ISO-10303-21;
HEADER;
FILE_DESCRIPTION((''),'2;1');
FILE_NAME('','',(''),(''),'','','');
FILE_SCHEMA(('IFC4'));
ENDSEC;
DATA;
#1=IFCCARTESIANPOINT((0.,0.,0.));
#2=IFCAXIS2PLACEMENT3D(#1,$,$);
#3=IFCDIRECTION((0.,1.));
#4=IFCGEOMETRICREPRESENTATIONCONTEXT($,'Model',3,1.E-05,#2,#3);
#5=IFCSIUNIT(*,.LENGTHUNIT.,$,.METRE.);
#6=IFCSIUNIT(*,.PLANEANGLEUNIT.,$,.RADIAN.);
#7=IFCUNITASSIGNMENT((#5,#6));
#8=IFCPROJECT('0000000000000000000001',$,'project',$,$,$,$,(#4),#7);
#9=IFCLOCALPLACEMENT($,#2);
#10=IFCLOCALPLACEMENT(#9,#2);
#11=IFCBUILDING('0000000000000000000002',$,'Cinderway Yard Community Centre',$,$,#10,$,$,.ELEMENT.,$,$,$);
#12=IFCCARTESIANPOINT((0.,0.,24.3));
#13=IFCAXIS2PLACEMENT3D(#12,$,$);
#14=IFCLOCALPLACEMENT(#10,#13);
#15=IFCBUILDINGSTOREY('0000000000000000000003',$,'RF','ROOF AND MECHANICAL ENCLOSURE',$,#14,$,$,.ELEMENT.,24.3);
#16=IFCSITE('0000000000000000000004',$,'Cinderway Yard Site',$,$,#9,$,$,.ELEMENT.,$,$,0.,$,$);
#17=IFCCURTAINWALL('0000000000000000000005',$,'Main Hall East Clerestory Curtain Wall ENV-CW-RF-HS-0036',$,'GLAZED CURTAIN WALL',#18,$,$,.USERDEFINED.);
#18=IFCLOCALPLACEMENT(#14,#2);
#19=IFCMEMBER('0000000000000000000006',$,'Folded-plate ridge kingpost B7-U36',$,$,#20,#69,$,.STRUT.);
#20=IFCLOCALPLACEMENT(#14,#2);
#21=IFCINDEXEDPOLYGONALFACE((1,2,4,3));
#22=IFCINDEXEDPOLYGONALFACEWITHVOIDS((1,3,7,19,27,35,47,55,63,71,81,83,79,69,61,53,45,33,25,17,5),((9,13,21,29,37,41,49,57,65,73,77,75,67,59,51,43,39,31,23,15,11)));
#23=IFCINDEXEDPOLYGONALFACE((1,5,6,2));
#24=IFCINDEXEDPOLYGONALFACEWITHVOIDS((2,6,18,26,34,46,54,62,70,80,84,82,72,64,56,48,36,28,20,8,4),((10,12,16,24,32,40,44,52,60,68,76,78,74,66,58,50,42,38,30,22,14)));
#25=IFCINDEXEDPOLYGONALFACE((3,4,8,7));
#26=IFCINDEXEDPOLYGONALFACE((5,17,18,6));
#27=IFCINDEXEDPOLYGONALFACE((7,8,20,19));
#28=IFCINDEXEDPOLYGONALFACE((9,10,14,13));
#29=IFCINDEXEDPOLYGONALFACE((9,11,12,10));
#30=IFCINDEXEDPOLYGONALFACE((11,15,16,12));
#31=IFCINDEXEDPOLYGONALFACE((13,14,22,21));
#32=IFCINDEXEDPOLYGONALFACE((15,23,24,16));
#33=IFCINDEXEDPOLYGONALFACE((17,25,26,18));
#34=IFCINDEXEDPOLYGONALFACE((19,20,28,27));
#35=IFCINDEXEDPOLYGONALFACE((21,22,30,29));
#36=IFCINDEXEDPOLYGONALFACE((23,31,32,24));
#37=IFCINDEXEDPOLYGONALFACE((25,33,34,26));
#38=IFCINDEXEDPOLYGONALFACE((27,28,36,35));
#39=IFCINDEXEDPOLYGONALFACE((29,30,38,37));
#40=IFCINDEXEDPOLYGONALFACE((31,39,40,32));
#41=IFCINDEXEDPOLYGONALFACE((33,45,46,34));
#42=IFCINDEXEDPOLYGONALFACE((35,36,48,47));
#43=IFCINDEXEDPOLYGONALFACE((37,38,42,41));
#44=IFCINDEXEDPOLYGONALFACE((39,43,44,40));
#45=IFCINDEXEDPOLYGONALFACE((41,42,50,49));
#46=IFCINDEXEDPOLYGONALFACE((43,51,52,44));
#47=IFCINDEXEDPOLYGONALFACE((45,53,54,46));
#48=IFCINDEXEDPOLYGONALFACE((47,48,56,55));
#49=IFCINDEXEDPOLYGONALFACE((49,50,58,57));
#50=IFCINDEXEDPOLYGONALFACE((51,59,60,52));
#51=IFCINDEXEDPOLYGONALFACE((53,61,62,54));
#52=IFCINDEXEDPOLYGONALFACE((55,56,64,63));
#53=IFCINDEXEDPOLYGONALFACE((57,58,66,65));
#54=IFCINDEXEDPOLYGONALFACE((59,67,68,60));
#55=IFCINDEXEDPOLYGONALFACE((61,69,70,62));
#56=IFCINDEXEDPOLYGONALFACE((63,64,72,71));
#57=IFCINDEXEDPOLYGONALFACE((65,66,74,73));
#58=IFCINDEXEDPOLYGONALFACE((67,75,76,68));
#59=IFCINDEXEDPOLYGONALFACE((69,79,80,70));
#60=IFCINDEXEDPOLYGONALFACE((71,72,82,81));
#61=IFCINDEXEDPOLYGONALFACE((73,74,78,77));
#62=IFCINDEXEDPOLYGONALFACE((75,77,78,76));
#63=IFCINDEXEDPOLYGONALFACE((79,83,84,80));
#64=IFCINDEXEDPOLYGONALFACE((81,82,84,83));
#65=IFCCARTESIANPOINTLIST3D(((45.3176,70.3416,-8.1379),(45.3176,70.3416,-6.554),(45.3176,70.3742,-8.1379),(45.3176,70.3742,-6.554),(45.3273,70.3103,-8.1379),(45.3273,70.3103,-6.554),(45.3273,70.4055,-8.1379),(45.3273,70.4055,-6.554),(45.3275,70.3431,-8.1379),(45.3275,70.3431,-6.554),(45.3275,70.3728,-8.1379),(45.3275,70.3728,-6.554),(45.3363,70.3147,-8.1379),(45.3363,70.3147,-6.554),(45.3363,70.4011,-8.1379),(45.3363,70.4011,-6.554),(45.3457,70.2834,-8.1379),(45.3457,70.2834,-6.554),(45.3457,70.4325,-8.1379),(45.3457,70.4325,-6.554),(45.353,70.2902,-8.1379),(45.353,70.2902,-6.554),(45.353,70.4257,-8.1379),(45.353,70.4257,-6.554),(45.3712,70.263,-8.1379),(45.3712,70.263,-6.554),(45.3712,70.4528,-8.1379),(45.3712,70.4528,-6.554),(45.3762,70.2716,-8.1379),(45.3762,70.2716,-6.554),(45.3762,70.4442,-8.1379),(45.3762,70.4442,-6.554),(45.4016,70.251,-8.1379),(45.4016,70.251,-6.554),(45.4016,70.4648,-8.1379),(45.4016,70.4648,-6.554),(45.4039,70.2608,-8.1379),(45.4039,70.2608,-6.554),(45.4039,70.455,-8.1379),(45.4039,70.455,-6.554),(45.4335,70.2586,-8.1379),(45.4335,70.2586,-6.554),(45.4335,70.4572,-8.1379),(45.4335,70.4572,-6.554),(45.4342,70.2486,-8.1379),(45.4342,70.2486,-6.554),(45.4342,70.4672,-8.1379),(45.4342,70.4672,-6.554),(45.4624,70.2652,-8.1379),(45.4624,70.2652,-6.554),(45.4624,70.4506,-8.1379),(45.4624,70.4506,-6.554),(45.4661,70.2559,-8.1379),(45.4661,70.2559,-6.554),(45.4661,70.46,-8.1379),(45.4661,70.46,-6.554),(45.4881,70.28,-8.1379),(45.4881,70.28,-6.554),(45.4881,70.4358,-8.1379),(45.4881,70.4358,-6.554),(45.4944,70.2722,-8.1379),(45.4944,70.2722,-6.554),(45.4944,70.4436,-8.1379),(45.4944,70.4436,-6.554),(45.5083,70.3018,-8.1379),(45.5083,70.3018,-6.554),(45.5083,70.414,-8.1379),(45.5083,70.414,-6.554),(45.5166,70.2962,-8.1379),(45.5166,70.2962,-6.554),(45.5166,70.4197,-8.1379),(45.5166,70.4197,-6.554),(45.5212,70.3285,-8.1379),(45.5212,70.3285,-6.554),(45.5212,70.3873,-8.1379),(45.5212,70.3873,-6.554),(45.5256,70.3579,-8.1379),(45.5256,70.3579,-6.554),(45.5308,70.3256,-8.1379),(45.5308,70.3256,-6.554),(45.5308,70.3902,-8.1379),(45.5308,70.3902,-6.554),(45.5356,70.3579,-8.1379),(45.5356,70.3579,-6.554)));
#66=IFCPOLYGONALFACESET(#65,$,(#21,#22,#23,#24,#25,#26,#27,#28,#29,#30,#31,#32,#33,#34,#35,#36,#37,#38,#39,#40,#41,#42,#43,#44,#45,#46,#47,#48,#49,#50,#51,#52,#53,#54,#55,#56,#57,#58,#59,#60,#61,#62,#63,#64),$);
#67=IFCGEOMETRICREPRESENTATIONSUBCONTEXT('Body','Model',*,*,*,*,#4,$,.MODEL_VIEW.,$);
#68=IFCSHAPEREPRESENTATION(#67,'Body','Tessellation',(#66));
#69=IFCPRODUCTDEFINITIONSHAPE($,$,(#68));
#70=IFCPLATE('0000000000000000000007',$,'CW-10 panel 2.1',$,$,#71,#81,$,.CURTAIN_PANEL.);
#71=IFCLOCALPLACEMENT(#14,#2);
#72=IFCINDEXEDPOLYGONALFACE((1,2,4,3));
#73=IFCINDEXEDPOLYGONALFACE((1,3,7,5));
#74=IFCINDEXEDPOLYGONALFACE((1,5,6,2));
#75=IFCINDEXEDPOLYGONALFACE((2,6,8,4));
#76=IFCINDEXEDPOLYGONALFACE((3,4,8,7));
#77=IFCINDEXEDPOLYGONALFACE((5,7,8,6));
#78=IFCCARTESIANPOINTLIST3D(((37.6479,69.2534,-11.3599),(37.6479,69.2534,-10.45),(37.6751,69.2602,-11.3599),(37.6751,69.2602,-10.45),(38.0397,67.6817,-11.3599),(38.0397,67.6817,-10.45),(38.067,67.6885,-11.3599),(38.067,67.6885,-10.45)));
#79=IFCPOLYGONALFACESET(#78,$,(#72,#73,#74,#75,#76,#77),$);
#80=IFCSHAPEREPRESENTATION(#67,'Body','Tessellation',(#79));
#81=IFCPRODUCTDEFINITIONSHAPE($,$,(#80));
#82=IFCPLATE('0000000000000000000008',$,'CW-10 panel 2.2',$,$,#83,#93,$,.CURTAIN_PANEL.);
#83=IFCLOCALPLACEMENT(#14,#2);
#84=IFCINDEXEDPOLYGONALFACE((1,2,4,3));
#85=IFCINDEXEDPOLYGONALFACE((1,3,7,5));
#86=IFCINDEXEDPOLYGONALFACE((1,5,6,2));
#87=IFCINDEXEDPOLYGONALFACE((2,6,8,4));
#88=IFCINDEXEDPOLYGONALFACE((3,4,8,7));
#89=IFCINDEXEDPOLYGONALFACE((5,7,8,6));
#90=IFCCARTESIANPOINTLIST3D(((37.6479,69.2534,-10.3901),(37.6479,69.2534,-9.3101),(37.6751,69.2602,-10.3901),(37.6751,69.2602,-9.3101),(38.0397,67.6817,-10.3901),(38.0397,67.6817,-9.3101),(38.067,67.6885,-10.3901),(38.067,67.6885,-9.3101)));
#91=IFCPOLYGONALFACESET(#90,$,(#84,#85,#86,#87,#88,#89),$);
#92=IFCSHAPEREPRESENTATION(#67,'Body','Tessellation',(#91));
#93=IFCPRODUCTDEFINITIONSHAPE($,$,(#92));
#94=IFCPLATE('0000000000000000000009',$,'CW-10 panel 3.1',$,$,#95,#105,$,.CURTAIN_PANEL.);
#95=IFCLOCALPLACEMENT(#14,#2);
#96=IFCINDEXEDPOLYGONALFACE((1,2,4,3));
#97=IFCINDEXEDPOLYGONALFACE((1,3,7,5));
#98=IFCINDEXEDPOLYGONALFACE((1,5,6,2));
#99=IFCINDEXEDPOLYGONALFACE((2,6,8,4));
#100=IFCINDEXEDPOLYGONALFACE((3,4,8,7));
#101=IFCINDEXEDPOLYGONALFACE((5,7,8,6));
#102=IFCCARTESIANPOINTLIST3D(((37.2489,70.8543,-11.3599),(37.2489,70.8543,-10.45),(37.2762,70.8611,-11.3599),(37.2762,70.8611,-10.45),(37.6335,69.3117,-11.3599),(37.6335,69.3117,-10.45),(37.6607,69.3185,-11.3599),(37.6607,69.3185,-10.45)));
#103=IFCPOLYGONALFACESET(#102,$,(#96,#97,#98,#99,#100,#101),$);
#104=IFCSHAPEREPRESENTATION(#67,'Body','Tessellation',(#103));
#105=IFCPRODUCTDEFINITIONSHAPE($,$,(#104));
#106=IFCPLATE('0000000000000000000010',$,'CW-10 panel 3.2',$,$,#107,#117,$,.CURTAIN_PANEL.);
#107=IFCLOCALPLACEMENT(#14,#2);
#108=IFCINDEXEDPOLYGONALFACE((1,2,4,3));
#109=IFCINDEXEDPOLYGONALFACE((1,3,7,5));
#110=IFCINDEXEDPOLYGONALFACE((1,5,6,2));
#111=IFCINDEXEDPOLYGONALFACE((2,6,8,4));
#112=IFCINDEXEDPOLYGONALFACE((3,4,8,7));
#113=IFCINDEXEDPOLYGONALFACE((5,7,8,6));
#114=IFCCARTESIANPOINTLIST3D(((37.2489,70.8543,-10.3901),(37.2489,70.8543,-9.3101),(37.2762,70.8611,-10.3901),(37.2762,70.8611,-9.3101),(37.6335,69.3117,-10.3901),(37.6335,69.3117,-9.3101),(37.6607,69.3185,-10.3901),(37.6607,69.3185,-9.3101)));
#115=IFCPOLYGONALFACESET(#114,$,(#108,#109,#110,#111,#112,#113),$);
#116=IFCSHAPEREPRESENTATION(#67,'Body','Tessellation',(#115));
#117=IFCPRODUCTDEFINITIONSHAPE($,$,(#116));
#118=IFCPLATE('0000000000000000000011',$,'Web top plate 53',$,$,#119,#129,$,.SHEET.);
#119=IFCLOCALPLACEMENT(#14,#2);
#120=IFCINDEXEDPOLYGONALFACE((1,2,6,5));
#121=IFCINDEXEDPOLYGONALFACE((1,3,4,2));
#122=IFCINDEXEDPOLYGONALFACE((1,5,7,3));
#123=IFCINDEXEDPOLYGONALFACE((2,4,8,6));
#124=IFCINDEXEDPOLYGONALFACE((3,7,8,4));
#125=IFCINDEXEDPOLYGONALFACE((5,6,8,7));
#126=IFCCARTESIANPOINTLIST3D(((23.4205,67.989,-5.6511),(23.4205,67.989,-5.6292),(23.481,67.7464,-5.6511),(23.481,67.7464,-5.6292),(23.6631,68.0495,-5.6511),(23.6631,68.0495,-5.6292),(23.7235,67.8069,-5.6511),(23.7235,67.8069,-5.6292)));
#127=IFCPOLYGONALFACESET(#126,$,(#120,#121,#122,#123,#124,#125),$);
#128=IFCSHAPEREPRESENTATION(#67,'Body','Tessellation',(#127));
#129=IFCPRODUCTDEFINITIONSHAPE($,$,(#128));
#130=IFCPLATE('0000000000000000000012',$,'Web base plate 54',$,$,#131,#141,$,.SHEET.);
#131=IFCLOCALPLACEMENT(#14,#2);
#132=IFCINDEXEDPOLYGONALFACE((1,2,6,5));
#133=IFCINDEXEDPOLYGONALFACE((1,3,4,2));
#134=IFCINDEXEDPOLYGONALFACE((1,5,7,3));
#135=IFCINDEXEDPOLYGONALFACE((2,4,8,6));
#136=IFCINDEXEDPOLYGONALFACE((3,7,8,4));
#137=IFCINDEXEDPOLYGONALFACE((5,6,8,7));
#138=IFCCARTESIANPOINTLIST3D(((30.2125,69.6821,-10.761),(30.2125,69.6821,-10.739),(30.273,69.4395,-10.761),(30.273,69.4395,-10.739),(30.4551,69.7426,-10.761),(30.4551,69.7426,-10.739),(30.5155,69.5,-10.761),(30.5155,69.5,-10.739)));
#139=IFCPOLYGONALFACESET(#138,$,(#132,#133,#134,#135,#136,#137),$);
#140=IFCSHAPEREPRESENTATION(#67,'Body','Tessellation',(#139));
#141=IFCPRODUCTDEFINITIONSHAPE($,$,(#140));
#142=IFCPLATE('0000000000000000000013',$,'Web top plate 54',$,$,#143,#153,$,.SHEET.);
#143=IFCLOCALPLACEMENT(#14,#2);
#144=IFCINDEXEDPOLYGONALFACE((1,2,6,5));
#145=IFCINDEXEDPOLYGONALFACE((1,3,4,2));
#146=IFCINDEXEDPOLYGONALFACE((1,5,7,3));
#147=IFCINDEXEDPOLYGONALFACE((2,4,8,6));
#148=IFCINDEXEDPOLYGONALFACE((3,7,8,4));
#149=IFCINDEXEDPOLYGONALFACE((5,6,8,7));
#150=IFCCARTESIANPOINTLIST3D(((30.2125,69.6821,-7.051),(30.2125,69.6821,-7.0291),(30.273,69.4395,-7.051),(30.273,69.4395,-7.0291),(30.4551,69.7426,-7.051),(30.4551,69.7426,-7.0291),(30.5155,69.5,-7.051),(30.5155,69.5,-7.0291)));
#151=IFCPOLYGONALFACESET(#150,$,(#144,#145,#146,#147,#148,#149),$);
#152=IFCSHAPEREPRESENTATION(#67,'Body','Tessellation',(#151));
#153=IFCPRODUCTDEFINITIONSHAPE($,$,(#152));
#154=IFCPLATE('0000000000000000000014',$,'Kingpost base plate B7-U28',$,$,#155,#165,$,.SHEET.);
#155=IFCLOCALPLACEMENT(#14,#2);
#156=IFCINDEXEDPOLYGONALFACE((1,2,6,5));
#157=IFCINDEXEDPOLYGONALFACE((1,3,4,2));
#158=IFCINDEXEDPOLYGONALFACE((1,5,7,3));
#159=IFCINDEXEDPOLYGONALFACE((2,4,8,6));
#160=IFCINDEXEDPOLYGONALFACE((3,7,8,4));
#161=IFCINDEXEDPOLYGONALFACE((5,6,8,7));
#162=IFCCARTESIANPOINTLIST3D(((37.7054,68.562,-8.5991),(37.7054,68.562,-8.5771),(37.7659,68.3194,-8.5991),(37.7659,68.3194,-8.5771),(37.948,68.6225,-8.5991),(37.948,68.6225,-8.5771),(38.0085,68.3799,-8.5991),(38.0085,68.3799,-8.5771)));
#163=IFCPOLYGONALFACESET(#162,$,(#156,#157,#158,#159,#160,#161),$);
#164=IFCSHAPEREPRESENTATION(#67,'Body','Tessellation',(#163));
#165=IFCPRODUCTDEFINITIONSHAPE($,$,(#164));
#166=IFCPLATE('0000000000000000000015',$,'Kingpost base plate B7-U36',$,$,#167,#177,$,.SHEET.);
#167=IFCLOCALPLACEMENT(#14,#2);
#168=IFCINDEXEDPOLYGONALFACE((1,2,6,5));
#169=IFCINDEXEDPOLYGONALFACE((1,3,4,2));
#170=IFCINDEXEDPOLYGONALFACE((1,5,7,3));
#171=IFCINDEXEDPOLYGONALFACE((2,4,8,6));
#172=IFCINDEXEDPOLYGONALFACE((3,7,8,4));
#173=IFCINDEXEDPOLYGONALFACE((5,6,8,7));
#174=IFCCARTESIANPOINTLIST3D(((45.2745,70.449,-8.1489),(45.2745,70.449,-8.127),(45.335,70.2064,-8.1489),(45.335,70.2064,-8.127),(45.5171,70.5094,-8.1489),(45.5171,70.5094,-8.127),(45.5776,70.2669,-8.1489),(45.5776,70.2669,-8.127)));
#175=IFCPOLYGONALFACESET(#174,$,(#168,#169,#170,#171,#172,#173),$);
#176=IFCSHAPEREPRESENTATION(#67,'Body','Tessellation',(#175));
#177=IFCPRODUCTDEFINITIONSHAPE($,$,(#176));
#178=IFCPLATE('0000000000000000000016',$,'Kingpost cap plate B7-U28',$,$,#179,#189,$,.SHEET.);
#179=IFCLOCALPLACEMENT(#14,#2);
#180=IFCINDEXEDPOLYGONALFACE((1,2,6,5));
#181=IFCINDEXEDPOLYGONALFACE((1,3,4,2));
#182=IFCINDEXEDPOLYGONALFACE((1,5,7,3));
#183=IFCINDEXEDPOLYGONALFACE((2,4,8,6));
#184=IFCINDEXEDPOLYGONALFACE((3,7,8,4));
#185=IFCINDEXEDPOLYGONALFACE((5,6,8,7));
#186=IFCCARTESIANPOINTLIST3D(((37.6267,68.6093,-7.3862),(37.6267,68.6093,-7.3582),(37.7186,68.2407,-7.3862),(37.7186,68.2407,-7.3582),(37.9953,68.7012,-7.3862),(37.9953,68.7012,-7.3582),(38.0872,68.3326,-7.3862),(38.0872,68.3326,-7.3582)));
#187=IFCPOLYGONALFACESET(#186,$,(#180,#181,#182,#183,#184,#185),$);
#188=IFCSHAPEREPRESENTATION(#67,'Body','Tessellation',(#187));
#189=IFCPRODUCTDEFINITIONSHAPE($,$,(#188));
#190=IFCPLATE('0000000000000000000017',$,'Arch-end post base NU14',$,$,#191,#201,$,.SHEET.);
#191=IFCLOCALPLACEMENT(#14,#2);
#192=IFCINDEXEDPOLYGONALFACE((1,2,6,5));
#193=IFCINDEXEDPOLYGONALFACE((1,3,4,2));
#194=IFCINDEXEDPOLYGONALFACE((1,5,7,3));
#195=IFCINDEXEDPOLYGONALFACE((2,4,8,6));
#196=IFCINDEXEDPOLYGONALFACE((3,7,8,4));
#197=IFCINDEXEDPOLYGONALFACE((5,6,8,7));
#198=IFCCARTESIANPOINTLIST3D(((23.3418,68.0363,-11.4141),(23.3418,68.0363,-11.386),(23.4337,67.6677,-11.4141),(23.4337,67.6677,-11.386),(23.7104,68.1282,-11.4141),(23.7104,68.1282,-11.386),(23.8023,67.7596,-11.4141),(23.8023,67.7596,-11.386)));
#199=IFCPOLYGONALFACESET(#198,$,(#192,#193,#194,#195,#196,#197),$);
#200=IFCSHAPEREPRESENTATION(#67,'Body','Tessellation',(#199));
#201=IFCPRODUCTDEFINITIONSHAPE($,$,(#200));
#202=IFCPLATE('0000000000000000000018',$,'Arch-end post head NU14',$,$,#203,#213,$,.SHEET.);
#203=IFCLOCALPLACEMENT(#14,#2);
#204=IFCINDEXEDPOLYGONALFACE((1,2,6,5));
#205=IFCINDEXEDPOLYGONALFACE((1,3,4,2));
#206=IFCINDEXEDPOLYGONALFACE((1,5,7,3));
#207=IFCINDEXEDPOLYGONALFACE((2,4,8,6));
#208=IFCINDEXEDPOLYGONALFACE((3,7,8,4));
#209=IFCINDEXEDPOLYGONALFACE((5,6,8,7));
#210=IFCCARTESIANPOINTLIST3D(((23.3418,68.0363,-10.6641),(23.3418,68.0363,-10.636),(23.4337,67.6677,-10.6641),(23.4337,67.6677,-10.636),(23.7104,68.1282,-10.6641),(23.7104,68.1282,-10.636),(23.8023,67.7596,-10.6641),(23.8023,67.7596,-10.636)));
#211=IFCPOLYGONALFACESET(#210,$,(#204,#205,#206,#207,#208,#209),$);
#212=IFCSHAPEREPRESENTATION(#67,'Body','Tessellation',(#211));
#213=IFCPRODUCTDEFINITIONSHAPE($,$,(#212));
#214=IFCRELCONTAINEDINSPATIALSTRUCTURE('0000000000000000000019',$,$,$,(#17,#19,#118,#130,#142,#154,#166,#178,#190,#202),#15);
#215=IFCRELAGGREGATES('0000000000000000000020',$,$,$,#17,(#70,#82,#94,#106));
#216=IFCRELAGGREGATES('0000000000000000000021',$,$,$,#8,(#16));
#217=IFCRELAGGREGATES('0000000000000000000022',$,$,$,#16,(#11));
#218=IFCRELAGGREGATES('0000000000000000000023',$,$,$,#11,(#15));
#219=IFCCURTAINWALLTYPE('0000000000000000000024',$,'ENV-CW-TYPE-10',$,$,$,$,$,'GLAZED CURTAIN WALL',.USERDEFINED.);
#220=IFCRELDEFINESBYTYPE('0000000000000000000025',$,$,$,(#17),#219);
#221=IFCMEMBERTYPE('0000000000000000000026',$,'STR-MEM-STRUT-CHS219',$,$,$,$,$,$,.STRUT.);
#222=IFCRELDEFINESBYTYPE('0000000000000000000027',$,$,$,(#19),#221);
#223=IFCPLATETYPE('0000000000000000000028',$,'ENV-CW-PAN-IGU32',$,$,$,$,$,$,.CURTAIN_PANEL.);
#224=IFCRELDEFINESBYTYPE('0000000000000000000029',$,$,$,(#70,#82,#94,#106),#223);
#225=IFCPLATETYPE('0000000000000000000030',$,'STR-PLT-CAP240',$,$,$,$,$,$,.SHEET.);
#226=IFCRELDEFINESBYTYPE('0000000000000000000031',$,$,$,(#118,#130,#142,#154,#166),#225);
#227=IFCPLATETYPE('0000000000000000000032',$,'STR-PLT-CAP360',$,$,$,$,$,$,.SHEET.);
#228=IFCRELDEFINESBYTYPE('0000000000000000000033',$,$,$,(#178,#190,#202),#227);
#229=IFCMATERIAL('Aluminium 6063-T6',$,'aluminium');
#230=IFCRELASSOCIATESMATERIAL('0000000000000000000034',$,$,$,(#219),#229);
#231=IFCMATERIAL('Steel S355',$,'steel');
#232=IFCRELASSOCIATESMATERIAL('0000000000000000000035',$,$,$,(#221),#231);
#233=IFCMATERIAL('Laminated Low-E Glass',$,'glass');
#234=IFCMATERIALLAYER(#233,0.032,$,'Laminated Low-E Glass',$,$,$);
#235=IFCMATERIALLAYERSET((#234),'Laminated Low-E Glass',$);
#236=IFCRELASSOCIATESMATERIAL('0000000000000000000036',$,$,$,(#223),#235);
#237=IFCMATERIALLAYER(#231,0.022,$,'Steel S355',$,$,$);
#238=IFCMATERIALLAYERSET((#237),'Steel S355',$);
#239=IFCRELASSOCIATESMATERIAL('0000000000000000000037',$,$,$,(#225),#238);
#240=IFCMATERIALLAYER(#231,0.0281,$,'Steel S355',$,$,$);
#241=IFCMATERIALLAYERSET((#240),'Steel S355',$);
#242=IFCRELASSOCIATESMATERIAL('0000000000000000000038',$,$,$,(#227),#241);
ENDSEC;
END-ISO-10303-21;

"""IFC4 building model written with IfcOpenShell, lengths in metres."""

from ifc_helpers import new_model, si_unit, direction, frame, origin, origin_2d, place, context, subcontext, project, spatial, rectangle, hollow_circle, extrude, material, layer, layer_set, material_profile, profile_set, type_object, element, aggregate, save


model = new_model("IFC4")

# Units and contexts
model_context = context("Model", 3, precision=1e-05, world=origin(), true_north=direction((0.0, 1.0)))
body_context = subcontext(model_context, "Body", "Model", "MODEL_VIEW")
ifc_project = project(units=[si_unit("LENGTHUNIT", "METRE"), si_unit("PLANEANGLEUNIT", "RADIAN")], contexts=[model_context])

# Site, building, storey
site_placement = place(None, origin())
site = spatial("IfcSite", under=ifc_project, at=site_placement, Name="Cinderway Yard Site", CompositionType="ELEMENT", RefElevation=0.0)
building_placement = place(site_placement, origin())
building = spatial("IfcBuilding", under=site, at=building_placement, Name="Cinderway Yard Community Centre", CompositionType="ELEMENT")
storey_placement = place(building_placement, frame((0.0, 0.0, 24.3)))
storey = spatial("IfcBuildingStorey", under=building, at=storey_placement, Name="RF", Description="ROOF AND MECHANICAL ENCLOSURE", CompositionType="ELEMENT", Elevation=24.3)

# Shared definitions
ifc_material_1 = material(Name="Steel S355", Category="steel")

# Curtain wall
ifc_material_2 = material(Name="Aluminium 6063-T6", Category="aluminium")
curtain_wall_type = type_object("IfcCurtainWallType", Name="ENV-CW-TYPE-10", ElementType="GLAZED CURTAIN WALL", PredefinedType="USERDEFINED", material=ifc_material_2)
curtain_wall_placement = place(storey_placement, origin())
curtain_wall = element("IfcCurtainWall", 1, at=curtain_wall_placement, inside=storey, type_object=curtain_wall_type, Name="Main Hall East Clerestory Curtain Wall ENV-CW-RF-HS-0036", ObjectType="GLAZED CURTAIN WALL", PredefinedType="USERDEFINED")

# Member
ifc_material_profile_1 = material_profile(ifc_material_1, hollow_circle(Radius=0.1096, WallThickness=0.01, at=origin_2d()), Name="Steel S355")
ifc_profile_set_1 = profile_set([ifc_material_profile_1], Name="Steel S355")
member_type_1 = type_object("IfcMemberType", Name="STR-MEM-STRUT-CHS219", PredefinedType="STRUT", material=ifc_profile_set_1)
for number, where, z_axis, x_axis, name in (
    (2, (45.426, 70.3579, -8.1379), (0.0, 0.0, 1.0), (1.0, 0.0, 0.0), "Folded-plate ridge kingpost B7-U36"),
):
    element("IfcMember", number, at=place(storey_placement, frame(where, z_axis=z_axis, x_axis=x_axis)), inside=storey, type_object=member_type_1, Name=name, PredefinedType="STRUT", context=body_context, shape_type="SweptSolid", body=[
        extrude(hollow_circle(Radius=0.1096, WallThickness=0.01, at=origin_2d()), origin(), (0.0, 0.0, 1.0), 1.584),
    ])

# Plates
ifc_material_3 = material(Name="Laminated Low-E Glass", Category="glass")
ifc_layer_1 = layer(ifc_material_3, 0.032, Name="Laminated Low-E Glass")
ifc_layer_set_1 = layer_set([ifc_layer_1], Name="Laminated Low-E Glass")
plate_type_1 = type_object("IfcPlateType", Name="ENV-CW-PAN-IGU32", PredefinedType="CURTAIN_PANEL", material=ifc_layer_set_1)
plate_1_placement = place(storey_placement, frame((37.8574, 68.4709, -11.3599), z_axis=(0.0, 0.0, 1.0), x_axis=(-0.241882, 0.970306, 0.0)))
plate_1 = element("IfcPlate", 3, at=plate_1_placement, type_object=plate_type_1, Name="CW-10 panel 2.1", PredefinedType="CURTAIN_PANEL", context=body_context, shape_type="SweptSolid", body=[
    extrude(rectangle(XDim=1.6199, YDim=0.0281, at=origin_2d()), origin(), (0.0, 0.0, 1.0), 0.9099),
])
plate_2_placement = place(storey_placement, frame((37.8574, 68.4709, -10.3901), z_axis=(0.0, 0.0, 1.0), x_axis=(-0.241882, 0.970306, 0.0)))
plate_2 = element("IfcPlate", 4, at=plate_2_placement, type_object=plate_type_1, Name="CW-10 panel 2.2", PredefinedType="CURTAIN_PANEL", context=body_context, shape_type="SweptSolid", body=[
    extrude(rectangle(XDim=1.6199, YDim=0.0281, at=origin_2d()), origin(), (0.0, 0.0, 1.0), 1.0801),
])
plate_3_placement = place(storey_placement, frame((37.4548, 70.0864, -11.3599), z_axis=(0.0, 0.0, 1.0), x_axis=(-0.241882, 0.970306, 0.0)))
plate_3 = element("IfcPlate", 5, at=plate_3_placement, type_object=plate_type_1, Name="CW-10 panel 3.1", PredefinedType="CURTAIN_PANEL", context=body_context, shape_type="SweptSolid", body=[
    extrude(rectangle(XDim=1.5898, YDim=0.0281, at=origin_2d()), origin(), (0.0, 0.0, 1.0), 0.9099),
])
plate_4_placement = place(storey_placement, frame((37.4548, 70.0864, -10.3901), z_axis=(0.0, 0.0, 1.0), x_axis=(-0.241882, 0.970306, 0.0)))
plate_4 = element("IfcPlate", 6, at=plate_4_placement, type_object=plate_type_1, Name="CW-10 panel 3.2", PredefinedType="CURTAIN_PANEL", context=body_context, shape_type="SweptSolid", body=[
    extrude(rectangle(XDim=1.5898, YDim=0.0281, at=origin_2d()), origin(), (0.0, 0.0, 1.0), 1.0801),
])
aggregate(curtain_wall, [plate_1, plate_2, plate_3, plate_4])

# Plates
ifc_layer_2 = layer(ifc_material_1, 0.022, Name="Steel S355")
ifc_layer_set_2 = layer_set([ifc_layer_2], Name="Steel S355")
plate_type_2 = type_object("IfcPlateType", Name="STR-PLT-CAP240", PredefinedType="SHEET", material=ifc_layer_set_2)
for number, where, z_axis, x_axis, name in (
    (7, (23.572, 67.8979, -5.6511), (0.0, 0.0, 1.0), (0.970296, 0.241922, 0.0), "Web top plate 53"),
    (8, (30.364, 69.5911, -10.761), (0.0, 0.0, 1.0), (0.970296, 0.241922, 0.0), "Web base plate 54"),
    (9, (30.364, 69.5911, -7.051), (0.0, 0.0, 1.0), (0.970296, 0.241922, 0.0), "Web top plate 54"),
    (10, (37.8569, 68.4709, -8.5991), (0.0, 0.0, 1.0), (0.970296, 0.241922, 0.0), "Kingpost base plate B7-U28"),
    (11, (45.426, 70.3579, -8.1489), (0.0, 0.0, 1.0), (0.970296, 0.241922, 0.0), "Kingpost base plate B7-U36"),
):
    element("IfcPlate", number, at=place(storey_placement, frame(where, z_axis=z_axis, x_axis=x_axis)), inside=storey, type_object=plate_type_2, Name=name, PredefinedType="SHEET", context=body_context, shape_type="SweptSolid", body=[
        extrude(rectangle(XDim=0.25, YDim=0.25, at=origin_2d()), origin(), (0.0, 0.0, 1.0), 0.022),
    ])
ifc_layer_3 = layer(ifc_material_1, 0.0281, Name="Steel S355")
ifc_layer_set_3 = layer_set([ifc_layer_3], Name="Steel S355")
plate_type_3 = type_object("IfcPlateType", Name="STR-PLT-CAP360", PredefinedType="SHEET", material=ifc_layer_set_3)
for number, where, z_axis, x_axis, name in (
    (12, (37.8569, 68.4709, -7.3862), (0.0, 0.0, 1.0), (0.970296, 0.241922, 0.0), "Kingpost cap plate B7-U28"),
    (13, (23.572, 67.8979, -11.4141), (0.0, 0.0, 1.0), (0.970296, 0.241922, 0.0), "Arch-end post base NU14"),
    (14, (23.572, 67.8979, -10.6641), (0.0, 0.0, 1.0), (0.970296, 0.241922, 0.0), "Arch-end post head NU14"),
):
    element("IfcPlate", number, at=place(storey_placement, frame(where, z_axis=z_axis, x_axis=x_axis)), inside=storey, type_object=plate_type_3, Name=name, PredefinedType="SHEET", context=body_context, shape_type="SweptSolid", body=[
        extrude(rectangle(XDim=0.3799, YDim=0.3799, at=origin_2d()), origin(), (0.0, 0.0, 1.0), 0.0281),
    ])

save(model, "model.ifc")
